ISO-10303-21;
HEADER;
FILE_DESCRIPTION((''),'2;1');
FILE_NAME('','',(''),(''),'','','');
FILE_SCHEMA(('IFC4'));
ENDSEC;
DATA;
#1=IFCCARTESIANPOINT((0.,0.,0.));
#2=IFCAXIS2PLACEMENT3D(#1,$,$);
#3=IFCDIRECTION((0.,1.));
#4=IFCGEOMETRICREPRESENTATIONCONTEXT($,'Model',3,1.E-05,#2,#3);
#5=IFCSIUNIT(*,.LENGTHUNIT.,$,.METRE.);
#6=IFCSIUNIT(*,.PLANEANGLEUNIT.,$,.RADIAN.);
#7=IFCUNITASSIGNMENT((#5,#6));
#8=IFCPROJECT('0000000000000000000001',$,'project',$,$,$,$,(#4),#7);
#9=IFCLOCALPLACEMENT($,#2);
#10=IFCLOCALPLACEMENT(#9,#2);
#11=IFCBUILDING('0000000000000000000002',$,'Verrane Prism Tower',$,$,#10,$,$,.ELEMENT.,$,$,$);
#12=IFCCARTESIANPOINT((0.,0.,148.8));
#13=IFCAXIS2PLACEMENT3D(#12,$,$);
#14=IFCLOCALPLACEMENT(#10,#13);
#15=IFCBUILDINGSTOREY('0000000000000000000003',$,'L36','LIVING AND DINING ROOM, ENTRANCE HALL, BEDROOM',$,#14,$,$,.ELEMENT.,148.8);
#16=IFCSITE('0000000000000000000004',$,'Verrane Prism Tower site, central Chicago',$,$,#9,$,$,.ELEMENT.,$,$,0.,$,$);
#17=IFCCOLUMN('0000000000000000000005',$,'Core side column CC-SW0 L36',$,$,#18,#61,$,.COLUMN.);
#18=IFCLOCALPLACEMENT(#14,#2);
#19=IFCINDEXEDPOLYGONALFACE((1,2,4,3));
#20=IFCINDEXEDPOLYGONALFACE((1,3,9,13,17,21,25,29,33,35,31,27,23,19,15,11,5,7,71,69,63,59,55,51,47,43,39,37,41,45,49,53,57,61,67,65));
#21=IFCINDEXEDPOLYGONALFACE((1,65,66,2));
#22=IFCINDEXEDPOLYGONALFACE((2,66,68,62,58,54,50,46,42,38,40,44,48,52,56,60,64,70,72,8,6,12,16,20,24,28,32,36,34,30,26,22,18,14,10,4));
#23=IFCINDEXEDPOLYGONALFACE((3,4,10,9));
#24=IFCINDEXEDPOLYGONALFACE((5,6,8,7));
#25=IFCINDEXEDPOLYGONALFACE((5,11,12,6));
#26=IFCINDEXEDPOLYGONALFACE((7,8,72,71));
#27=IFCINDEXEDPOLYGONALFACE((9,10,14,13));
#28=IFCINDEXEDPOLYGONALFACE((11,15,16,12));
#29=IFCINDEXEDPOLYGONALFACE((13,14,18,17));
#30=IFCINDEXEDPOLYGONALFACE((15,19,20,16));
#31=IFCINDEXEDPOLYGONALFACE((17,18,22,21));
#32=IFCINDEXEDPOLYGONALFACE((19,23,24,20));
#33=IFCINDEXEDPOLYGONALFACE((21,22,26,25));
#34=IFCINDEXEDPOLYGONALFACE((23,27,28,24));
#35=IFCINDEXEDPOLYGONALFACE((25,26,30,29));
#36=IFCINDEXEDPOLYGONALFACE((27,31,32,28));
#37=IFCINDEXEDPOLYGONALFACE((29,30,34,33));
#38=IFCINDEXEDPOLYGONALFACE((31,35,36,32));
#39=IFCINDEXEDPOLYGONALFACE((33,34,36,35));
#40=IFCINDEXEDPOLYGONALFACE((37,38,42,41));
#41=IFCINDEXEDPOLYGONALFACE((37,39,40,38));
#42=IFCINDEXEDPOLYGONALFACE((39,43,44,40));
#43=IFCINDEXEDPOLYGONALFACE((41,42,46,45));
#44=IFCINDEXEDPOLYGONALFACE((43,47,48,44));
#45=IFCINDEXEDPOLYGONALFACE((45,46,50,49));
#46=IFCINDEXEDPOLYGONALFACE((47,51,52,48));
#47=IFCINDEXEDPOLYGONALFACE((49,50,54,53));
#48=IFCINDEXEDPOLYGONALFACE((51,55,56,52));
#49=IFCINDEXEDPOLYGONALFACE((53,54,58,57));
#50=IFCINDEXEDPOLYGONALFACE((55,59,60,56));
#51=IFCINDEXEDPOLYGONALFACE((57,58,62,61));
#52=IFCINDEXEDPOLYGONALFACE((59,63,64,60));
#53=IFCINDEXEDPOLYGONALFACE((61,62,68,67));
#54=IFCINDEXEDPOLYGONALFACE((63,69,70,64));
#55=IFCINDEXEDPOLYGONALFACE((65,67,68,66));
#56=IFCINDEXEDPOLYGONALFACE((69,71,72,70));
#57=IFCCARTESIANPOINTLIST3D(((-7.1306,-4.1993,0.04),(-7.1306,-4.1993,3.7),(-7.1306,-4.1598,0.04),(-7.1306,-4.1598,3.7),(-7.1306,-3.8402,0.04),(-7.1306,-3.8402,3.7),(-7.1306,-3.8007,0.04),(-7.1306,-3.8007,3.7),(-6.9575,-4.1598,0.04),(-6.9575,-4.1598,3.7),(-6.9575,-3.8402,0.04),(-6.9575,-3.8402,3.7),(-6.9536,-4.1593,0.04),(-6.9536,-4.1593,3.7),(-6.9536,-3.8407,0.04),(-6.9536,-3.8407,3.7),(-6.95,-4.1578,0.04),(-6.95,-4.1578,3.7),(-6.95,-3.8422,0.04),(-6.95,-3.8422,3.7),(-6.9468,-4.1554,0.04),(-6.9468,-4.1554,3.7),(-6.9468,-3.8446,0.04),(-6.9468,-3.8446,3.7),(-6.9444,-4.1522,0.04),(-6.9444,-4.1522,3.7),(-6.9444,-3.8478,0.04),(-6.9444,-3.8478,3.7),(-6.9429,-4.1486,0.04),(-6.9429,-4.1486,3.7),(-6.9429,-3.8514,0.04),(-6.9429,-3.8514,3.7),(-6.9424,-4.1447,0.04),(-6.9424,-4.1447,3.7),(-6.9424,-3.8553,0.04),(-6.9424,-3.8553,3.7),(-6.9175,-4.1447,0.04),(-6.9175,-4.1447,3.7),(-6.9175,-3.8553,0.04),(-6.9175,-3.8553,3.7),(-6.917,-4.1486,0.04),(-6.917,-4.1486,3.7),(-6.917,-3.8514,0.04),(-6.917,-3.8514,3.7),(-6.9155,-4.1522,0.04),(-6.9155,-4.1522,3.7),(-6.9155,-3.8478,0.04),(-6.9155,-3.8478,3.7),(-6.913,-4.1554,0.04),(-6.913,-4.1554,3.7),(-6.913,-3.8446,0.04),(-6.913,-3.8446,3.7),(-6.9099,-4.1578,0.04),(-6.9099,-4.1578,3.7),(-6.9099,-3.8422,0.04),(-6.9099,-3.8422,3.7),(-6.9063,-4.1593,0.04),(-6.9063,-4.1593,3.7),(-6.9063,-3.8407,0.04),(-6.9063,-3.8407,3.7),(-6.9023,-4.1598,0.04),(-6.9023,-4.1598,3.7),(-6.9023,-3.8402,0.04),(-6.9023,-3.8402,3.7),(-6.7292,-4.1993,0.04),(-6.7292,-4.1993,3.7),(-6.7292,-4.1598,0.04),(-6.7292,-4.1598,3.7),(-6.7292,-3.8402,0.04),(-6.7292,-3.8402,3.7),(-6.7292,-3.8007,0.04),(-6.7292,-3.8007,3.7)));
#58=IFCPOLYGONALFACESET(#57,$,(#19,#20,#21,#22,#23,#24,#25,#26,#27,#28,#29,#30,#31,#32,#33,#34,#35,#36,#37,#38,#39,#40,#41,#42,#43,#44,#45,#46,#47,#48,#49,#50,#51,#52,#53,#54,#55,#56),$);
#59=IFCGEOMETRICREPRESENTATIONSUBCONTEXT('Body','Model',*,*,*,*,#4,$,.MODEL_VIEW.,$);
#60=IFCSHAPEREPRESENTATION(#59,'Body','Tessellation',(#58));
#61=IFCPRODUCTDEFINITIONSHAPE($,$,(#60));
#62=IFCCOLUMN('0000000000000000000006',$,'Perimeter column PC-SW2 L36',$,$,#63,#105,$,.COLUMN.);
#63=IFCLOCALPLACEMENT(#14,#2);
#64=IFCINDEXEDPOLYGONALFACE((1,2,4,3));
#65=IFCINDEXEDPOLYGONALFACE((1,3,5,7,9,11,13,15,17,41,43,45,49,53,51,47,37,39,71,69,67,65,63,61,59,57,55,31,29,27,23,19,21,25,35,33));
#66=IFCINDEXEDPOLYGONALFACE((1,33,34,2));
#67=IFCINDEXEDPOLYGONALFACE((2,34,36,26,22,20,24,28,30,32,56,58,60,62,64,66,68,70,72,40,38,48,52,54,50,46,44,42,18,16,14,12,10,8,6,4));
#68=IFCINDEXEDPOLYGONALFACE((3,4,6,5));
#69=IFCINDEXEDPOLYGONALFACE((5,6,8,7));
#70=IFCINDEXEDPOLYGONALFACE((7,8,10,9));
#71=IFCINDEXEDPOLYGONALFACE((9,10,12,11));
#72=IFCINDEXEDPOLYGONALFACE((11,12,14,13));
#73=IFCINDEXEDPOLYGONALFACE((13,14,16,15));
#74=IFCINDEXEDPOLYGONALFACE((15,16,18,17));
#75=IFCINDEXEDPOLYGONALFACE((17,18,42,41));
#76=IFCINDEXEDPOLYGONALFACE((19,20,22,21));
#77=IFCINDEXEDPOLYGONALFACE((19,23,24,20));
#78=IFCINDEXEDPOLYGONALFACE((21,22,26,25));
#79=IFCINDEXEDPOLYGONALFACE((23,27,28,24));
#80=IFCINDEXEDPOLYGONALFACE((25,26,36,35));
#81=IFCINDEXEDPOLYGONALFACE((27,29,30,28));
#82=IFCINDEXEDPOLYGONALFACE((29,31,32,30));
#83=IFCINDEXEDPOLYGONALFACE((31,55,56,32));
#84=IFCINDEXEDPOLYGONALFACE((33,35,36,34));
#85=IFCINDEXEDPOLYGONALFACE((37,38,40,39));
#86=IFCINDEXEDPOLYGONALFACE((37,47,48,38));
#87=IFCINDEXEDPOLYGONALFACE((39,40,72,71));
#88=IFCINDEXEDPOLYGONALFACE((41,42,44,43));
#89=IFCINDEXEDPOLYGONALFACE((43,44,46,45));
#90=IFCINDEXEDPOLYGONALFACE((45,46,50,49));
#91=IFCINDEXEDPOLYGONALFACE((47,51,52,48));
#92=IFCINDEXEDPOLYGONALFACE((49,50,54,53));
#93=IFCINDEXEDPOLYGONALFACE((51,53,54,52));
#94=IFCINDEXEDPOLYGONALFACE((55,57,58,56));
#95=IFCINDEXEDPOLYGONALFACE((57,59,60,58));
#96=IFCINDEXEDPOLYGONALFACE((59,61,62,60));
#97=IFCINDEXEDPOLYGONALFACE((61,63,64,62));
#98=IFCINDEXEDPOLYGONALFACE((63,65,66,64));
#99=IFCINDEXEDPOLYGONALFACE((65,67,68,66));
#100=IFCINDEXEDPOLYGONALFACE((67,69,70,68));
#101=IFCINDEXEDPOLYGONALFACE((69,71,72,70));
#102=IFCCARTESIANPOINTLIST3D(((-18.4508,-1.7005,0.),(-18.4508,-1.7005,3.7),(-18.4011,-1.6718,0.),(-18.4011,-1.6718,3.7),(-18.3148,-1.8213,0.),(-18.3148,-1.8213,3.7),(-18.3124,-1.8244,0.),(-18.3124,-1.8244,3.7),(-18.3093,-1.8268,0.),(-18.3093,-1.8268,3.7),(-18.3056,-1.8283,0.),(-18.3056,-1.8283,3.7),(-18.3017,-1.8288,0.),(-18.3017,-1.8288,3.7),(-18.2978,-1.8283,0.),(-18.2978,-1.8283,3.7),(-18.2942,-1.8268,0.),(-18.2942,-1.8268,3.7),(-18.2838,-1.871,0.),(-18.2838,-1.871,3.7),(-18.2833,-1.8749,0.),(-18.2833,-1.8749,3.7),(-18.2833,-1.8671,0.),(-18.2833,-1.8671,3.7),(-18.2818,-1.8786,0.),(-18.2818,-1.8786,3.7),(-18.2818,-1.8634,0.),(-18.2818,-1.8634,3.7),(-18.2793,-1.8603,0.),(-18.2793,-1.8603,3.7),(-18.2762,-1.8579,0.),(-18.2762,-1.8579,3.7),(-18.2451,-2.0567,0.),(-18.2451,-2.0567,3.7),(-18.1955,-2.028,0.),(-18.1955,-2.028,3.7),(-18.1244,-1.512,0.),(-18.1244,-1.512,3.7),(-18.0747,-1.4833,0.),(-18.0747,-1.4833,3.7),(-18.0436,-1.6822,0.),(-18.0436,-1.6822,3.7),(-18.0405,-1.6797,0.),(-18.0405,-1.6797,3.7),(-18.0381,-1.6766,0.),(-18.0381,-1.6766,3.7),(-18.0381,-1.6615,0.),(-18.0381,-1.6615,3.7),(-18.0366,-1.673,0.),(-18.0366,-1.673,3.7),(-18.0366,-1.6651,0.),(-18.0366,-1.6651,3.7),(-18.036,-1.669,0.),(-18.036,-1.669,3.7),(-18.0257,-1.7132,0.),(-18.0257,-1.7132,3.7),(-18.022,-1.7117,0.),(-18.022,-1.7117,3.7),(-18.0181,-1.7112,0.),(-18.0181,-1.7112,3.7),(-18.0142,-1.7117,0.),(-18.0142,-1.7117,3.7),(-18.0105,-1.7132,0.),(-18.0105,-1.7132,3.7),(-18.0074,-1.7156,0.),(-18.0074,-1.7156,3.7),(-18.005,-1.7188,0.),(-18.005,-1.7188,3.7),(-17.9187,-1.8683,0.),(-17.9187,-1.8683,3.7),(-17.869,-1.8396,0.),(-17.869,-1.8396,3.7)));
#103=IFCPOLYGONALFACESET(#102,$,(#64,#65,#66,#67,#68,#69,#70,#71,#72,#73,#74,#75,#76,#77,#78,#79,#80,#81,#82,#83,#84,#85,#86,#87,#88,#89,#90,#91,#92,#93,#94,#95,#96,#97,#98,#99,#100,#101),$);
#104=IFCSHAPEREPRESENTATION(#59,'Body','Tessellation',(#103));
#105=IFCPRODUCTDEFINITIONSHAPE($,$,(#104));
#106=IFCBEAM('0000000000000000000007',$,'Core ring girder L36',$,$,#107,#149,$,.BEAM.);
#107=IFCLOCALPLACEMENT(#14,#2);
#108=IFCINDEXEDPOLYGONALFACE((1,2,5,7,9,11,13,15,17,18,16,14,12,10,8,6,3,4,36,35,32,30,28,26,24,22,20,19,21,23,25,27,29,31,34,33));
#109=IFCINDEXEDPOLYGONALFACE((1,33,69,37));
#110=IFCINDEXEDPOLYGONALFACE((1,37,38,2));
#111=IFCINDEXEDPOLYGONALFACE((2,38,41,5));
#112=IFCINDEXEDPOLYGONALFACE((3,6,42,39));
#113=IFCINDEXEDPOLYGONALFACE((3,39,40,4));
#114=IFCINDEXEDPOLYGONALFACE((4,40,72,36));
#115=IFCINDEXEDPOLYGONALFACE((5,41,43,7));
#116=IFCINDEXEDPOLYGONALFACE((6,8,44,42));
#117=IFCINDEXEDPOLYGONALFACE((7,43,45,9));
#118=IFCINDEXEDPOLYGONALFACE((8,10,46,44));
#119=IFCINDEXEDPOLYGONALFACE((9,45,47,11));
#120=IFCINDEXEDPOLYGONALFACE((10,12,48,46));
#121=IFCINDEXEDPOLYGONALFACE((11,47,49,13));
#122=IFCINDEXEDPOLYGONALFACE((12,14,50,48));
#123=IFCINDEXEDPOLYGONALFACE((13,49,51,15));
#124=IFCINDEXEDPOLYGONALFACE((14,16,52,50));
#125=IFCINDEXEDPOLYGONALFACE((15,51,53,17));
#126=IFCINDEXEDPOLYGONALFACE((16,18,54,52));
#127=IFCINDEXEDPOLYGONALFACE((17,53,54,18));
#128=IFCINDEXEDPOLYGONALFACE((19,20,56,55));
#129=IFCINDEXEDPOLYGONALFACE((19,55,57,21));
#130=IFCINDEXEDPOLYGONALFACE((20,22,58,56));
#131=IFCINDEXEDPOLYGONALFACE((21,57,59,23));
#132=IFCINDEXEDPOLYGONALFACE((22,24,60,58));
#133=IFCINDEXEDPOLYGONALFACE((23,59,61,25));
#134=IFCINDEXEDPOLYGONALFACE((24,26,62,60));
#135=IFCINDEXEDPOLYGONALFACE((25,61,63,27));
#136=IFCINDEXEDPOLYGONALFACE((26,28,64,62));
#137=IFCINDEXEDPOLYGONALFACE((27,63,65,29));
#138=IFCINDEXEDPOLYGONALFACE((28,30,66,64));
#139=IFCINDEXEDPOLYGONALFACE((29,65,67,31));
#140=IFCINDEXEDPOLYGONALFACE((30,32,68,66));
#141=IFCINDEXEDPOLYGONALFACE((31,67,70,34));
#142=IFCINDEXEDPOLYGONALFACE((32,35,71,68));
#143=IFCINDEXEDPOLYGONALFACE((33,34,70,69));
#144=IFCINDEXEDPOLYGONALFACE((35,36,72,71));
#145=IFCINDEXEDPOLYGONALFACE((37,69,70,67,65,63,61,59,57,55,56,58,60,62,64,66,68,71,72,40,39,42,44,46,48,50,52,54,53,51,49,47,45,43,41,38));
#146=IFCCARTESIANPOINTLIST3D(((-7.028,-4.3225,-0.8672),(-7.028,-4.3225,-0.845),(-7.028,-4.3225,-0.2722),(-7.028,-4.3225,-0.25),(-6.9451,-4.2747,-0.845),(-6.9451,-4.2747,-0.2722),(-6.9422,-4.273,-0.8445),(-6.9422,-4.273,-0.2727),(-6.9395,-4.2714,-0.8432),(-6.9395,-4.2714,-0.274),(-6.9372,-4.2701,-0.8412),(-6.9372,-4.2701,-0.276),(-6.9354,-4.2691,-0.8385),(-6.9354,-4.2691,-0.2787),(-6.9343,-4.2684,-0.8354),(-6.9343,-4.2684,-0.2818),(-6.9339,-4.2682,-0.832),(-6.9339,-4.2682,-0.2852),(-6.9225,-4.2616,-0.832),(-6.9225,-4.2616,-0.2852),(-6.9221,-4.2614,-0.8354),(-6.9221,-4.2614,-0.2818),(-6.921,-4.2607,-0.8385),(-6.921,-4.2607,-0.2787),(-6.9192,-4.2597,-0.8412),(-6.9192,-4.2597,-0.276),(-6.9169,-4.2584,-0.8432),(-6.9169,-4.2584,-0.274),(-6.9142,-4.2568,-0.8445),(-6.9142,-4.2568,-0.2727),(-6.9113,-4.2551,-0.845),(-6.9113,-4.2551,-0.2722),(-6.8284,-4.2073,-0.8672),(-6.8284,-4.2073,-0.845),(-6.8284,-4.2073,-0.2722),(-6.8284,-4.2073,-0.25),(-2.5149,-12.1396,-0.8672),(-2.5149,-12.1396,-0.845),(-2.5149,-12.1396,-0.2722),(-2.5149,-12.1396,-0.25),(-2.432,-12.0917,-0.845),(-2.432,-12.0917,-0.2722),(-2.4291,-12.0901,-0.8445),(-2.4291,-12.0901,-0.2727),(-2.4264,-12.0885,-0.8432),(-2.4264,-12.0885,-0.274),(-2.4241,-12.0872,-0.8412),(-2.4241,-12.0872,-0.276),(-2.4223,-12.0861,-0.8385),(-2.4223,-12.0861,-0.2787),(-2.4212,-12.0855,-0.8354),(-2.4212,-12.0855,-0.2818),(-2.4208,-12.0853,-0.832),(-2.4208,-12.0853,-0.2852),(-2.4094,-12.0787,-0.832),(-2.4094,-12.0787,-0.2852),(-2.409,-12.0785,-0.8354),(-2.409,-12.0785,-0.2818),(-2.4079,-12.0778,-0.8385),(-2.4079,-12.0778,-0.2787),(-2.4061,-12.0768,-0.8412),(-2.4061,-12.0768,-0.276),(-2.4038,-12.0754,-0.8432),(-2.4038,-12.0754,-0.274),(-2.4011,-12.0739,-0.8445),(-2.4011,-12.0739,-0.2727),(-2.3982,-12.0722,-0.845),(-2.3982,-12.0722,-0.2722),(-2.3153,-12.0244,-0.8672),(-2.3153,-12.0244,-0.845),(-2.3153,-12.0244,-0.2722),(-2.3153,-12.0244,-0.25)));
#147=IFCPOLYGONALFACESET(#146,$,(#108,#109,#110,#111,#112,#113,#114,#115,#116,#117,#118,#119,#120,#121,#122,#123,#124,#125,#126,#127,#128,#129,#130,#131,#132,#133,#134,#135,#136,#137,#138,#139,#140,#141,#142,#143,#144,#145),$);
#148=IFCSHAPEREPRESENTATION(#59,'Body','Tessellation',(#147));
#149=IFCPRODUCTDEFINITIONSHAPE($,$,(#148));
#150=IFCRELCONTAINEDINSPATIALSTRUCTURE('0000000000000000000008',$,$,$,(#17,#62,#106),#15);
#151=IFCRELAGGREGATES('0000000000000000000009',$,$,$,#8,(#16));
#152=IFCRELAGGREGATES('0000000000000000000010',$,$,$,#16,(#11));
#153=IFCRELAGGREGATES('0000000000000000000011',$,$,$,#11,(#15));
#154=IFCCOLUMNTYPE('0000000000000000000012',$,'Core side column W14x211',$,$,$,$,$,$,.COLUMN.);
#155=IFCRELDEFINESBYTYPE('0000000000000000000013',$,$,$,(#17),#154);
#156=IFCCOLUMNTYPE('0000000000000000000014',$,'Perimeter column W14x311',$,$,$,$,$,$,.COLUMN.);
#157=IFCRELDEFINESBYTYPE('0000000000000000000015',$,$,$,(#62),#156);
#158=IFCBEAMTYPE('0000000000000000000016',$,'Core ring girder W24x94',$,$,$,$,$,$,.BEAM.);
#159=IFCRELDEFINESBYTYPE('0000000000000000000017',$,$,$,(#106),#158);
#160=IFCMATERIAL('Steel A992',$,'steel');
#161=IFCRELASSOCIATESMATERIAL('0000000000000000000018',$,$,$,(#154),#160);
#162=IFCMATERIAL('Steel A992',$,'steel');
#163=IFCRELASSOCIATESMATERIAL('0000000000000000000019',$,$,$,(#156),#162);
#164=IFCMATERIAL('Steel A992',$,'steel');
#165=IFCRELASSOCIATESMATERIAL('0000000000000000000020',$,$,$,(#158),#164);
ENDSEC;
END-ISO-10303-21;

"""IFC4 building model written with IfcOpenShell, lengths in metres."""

from ifc_helpers import new_model, si_unit, direction, frame, origin, origin_2d, place, context, subcontext, project, spatial, i_section, extrude, material, material_profile, profile_set, type_object, element, save


model = new_model("IFC4")

# Units and contexts
model_context = context("Model", 3, precision=1e-05, world=origin(), true_north=direction((0.0, 1.0)))
body_context = subcontext(model_context, "Body", "Model", "MODEL_VIEW")
ifc_project = project(units=[si_unit("LENGTHUNIT", "METRE"), si_unit("PLANEANGLEUNIT", "RADIAN")], contexts=[model_context])

# Site, building, storey
site_placement = place(None, origin())
site = spatial("IfcSite", under=ifc_project, at=site_placement, Name="Verrane Prism Tower site, central Chicago", CompositionType="ELEMENT", RefElevation=0.0)
building_placement = place(site_placement, origin())
building = spatial("IfcBuilding", under=site, at=building_placement, Name="Verrane Prism Tower", CompositionType="ELEMENT")
storey_placement = place(building_placement, frame((0.0, 0.0, 148.8)))
storey = spatial("IfcBuildingStorey", under=building, at=storey_placement, Name="L36", Description="LIVING AND DINING ROOM, ENTRANCE HALL, BEDROOM", CompositionType="ELEMENT", Elevation=148.8)

# Columns
ifc_material_1 = material(Name="Steel A992", Category="steel")
ifc_material_profile_1 = material_profile(ifc_material_1, i_section(OverallWidth=0.4014, OverallDepth=0.3987, WebThickness=0.0249, FlangeThickness=0.0396, FilletRadius=0.0151, at=origin_2d()), Name="W14x211")
ifc_profile_set_1 = profile_set([ifc_material_profile_1], Name="Steel A992")
column_type_1 = type_object("IfcColumnType", Name="Core side column W14x211", PredefinedType="COLUMN", material=ifc_profile_set_1)
column_1_placement = place(storey_placement, frame((-6.9299, -4.0, 0.04), z_axis=(0.0, 0.0, 1.0), x_axis=(1.0, 0.0, 0.0)))
element("IfcColumn", 1, at=column_1_placement, inside=storey, type_object=column_type_1, Name="Core side column CC-SW0 L36", PredefinedType="COLUMN", context=body_context, shape_type="SweptSolid", body=[
    extrude(i_section(OverallWidth=0.4014, OverallDepth=0.3987, WebThickness=0.0249, FlangeThickness=0.0396, FilletRadius=0.0151, at=origin_2d()), origin(), (0.0, 0.0, 1.0), 3.6599),
])
ifc_material_2 = material(Name="Steel A992", Category="steel")
ifc_material_profile_2 = material_profile(ifc_material_2, i_section(OverallWidth=0.4114, OverallDepth=0.4343, WebThickness=0.0359, FlangeThickness=0.0574, FilletRadius=0.0151, at=origin_2d()), Name="W14x311")
ifc_profile_set_2 = profile_set([ifc_material_profile_2], Name="Steel A992")
column_type_2 = type_object("IfcColumnType", Name="Perimeter column W14x311", PredefinedType="COLUMN", material=ifc_profile_set_2)
column_2_placement = place(storey_placement, frame((-18.1599, -1.77, 0.0), z_axis=(0.0, 0.0, 1.0), x_axis=(-0.5, 0.866025, 0.0)))
element("IfcColumn", 2, at=column_2_placement, inside=storey, type_object=column_type_2, Name="Perimeter column PC-SW2 L36", PredefinedType="COLUMN", context=body_context, shape_type="SweptSolid", body=[
    extrude(i_section(OverallWidth=0.4114, OverallDepth=0.4343, WebThickness=0.0359, FlangeThickness=0.0574, FilletRadius=0.0151, at=origin_2d()), origin(), (0.0, 0.0, 1.0), 3.7),
])

# Beam
ifc_material_3 = material(Name="Steel A992", Category="steel")
ifc_material_profile_3 = material_profile(ifc_material_3, i_section(OverallWidth=0.2305, OverallDepth=0.6172, WebThickness=0.0132, FlangeThickness=0.0222, FilletRadius=0.0129, at=origin_2d()), Name="W24x94")
ifc_profile_set_3 = profile_set([ifc_material_profile_3], Name="Steel A992")
beam_type_1 = type_object("IfcBeamType", Name="Core ring girder W24x94", PredefinedType="BEAM", material=ifc_profile_set_3)
beam_1_placement = place(storey_placement, frame((-6.9282, -4.2649, -0.5586), z_axis=(0.499996, -0.866027, 0.0), x_axis=(0.866027, 0.499996, 0.0)))
element("IfcBeam", 3, at=beam_1_placement, inside=storey, type_object=beam_type_1, Name="Core ring girder L36", PredefinedType="BEAM", context=body_context, shape_type="SweptSolid", body=[
    extrude(i_section(OverallWidth=0.2305, OverallDepth=0.6172, WebThickness=0.0132, FlangeThickness=0.0222, FilletRadius=0.0129, at=origin_2d()), origin(), (0.0, 0.0, 1.0), 9.0264),
])

save(model, "model.ifc")
